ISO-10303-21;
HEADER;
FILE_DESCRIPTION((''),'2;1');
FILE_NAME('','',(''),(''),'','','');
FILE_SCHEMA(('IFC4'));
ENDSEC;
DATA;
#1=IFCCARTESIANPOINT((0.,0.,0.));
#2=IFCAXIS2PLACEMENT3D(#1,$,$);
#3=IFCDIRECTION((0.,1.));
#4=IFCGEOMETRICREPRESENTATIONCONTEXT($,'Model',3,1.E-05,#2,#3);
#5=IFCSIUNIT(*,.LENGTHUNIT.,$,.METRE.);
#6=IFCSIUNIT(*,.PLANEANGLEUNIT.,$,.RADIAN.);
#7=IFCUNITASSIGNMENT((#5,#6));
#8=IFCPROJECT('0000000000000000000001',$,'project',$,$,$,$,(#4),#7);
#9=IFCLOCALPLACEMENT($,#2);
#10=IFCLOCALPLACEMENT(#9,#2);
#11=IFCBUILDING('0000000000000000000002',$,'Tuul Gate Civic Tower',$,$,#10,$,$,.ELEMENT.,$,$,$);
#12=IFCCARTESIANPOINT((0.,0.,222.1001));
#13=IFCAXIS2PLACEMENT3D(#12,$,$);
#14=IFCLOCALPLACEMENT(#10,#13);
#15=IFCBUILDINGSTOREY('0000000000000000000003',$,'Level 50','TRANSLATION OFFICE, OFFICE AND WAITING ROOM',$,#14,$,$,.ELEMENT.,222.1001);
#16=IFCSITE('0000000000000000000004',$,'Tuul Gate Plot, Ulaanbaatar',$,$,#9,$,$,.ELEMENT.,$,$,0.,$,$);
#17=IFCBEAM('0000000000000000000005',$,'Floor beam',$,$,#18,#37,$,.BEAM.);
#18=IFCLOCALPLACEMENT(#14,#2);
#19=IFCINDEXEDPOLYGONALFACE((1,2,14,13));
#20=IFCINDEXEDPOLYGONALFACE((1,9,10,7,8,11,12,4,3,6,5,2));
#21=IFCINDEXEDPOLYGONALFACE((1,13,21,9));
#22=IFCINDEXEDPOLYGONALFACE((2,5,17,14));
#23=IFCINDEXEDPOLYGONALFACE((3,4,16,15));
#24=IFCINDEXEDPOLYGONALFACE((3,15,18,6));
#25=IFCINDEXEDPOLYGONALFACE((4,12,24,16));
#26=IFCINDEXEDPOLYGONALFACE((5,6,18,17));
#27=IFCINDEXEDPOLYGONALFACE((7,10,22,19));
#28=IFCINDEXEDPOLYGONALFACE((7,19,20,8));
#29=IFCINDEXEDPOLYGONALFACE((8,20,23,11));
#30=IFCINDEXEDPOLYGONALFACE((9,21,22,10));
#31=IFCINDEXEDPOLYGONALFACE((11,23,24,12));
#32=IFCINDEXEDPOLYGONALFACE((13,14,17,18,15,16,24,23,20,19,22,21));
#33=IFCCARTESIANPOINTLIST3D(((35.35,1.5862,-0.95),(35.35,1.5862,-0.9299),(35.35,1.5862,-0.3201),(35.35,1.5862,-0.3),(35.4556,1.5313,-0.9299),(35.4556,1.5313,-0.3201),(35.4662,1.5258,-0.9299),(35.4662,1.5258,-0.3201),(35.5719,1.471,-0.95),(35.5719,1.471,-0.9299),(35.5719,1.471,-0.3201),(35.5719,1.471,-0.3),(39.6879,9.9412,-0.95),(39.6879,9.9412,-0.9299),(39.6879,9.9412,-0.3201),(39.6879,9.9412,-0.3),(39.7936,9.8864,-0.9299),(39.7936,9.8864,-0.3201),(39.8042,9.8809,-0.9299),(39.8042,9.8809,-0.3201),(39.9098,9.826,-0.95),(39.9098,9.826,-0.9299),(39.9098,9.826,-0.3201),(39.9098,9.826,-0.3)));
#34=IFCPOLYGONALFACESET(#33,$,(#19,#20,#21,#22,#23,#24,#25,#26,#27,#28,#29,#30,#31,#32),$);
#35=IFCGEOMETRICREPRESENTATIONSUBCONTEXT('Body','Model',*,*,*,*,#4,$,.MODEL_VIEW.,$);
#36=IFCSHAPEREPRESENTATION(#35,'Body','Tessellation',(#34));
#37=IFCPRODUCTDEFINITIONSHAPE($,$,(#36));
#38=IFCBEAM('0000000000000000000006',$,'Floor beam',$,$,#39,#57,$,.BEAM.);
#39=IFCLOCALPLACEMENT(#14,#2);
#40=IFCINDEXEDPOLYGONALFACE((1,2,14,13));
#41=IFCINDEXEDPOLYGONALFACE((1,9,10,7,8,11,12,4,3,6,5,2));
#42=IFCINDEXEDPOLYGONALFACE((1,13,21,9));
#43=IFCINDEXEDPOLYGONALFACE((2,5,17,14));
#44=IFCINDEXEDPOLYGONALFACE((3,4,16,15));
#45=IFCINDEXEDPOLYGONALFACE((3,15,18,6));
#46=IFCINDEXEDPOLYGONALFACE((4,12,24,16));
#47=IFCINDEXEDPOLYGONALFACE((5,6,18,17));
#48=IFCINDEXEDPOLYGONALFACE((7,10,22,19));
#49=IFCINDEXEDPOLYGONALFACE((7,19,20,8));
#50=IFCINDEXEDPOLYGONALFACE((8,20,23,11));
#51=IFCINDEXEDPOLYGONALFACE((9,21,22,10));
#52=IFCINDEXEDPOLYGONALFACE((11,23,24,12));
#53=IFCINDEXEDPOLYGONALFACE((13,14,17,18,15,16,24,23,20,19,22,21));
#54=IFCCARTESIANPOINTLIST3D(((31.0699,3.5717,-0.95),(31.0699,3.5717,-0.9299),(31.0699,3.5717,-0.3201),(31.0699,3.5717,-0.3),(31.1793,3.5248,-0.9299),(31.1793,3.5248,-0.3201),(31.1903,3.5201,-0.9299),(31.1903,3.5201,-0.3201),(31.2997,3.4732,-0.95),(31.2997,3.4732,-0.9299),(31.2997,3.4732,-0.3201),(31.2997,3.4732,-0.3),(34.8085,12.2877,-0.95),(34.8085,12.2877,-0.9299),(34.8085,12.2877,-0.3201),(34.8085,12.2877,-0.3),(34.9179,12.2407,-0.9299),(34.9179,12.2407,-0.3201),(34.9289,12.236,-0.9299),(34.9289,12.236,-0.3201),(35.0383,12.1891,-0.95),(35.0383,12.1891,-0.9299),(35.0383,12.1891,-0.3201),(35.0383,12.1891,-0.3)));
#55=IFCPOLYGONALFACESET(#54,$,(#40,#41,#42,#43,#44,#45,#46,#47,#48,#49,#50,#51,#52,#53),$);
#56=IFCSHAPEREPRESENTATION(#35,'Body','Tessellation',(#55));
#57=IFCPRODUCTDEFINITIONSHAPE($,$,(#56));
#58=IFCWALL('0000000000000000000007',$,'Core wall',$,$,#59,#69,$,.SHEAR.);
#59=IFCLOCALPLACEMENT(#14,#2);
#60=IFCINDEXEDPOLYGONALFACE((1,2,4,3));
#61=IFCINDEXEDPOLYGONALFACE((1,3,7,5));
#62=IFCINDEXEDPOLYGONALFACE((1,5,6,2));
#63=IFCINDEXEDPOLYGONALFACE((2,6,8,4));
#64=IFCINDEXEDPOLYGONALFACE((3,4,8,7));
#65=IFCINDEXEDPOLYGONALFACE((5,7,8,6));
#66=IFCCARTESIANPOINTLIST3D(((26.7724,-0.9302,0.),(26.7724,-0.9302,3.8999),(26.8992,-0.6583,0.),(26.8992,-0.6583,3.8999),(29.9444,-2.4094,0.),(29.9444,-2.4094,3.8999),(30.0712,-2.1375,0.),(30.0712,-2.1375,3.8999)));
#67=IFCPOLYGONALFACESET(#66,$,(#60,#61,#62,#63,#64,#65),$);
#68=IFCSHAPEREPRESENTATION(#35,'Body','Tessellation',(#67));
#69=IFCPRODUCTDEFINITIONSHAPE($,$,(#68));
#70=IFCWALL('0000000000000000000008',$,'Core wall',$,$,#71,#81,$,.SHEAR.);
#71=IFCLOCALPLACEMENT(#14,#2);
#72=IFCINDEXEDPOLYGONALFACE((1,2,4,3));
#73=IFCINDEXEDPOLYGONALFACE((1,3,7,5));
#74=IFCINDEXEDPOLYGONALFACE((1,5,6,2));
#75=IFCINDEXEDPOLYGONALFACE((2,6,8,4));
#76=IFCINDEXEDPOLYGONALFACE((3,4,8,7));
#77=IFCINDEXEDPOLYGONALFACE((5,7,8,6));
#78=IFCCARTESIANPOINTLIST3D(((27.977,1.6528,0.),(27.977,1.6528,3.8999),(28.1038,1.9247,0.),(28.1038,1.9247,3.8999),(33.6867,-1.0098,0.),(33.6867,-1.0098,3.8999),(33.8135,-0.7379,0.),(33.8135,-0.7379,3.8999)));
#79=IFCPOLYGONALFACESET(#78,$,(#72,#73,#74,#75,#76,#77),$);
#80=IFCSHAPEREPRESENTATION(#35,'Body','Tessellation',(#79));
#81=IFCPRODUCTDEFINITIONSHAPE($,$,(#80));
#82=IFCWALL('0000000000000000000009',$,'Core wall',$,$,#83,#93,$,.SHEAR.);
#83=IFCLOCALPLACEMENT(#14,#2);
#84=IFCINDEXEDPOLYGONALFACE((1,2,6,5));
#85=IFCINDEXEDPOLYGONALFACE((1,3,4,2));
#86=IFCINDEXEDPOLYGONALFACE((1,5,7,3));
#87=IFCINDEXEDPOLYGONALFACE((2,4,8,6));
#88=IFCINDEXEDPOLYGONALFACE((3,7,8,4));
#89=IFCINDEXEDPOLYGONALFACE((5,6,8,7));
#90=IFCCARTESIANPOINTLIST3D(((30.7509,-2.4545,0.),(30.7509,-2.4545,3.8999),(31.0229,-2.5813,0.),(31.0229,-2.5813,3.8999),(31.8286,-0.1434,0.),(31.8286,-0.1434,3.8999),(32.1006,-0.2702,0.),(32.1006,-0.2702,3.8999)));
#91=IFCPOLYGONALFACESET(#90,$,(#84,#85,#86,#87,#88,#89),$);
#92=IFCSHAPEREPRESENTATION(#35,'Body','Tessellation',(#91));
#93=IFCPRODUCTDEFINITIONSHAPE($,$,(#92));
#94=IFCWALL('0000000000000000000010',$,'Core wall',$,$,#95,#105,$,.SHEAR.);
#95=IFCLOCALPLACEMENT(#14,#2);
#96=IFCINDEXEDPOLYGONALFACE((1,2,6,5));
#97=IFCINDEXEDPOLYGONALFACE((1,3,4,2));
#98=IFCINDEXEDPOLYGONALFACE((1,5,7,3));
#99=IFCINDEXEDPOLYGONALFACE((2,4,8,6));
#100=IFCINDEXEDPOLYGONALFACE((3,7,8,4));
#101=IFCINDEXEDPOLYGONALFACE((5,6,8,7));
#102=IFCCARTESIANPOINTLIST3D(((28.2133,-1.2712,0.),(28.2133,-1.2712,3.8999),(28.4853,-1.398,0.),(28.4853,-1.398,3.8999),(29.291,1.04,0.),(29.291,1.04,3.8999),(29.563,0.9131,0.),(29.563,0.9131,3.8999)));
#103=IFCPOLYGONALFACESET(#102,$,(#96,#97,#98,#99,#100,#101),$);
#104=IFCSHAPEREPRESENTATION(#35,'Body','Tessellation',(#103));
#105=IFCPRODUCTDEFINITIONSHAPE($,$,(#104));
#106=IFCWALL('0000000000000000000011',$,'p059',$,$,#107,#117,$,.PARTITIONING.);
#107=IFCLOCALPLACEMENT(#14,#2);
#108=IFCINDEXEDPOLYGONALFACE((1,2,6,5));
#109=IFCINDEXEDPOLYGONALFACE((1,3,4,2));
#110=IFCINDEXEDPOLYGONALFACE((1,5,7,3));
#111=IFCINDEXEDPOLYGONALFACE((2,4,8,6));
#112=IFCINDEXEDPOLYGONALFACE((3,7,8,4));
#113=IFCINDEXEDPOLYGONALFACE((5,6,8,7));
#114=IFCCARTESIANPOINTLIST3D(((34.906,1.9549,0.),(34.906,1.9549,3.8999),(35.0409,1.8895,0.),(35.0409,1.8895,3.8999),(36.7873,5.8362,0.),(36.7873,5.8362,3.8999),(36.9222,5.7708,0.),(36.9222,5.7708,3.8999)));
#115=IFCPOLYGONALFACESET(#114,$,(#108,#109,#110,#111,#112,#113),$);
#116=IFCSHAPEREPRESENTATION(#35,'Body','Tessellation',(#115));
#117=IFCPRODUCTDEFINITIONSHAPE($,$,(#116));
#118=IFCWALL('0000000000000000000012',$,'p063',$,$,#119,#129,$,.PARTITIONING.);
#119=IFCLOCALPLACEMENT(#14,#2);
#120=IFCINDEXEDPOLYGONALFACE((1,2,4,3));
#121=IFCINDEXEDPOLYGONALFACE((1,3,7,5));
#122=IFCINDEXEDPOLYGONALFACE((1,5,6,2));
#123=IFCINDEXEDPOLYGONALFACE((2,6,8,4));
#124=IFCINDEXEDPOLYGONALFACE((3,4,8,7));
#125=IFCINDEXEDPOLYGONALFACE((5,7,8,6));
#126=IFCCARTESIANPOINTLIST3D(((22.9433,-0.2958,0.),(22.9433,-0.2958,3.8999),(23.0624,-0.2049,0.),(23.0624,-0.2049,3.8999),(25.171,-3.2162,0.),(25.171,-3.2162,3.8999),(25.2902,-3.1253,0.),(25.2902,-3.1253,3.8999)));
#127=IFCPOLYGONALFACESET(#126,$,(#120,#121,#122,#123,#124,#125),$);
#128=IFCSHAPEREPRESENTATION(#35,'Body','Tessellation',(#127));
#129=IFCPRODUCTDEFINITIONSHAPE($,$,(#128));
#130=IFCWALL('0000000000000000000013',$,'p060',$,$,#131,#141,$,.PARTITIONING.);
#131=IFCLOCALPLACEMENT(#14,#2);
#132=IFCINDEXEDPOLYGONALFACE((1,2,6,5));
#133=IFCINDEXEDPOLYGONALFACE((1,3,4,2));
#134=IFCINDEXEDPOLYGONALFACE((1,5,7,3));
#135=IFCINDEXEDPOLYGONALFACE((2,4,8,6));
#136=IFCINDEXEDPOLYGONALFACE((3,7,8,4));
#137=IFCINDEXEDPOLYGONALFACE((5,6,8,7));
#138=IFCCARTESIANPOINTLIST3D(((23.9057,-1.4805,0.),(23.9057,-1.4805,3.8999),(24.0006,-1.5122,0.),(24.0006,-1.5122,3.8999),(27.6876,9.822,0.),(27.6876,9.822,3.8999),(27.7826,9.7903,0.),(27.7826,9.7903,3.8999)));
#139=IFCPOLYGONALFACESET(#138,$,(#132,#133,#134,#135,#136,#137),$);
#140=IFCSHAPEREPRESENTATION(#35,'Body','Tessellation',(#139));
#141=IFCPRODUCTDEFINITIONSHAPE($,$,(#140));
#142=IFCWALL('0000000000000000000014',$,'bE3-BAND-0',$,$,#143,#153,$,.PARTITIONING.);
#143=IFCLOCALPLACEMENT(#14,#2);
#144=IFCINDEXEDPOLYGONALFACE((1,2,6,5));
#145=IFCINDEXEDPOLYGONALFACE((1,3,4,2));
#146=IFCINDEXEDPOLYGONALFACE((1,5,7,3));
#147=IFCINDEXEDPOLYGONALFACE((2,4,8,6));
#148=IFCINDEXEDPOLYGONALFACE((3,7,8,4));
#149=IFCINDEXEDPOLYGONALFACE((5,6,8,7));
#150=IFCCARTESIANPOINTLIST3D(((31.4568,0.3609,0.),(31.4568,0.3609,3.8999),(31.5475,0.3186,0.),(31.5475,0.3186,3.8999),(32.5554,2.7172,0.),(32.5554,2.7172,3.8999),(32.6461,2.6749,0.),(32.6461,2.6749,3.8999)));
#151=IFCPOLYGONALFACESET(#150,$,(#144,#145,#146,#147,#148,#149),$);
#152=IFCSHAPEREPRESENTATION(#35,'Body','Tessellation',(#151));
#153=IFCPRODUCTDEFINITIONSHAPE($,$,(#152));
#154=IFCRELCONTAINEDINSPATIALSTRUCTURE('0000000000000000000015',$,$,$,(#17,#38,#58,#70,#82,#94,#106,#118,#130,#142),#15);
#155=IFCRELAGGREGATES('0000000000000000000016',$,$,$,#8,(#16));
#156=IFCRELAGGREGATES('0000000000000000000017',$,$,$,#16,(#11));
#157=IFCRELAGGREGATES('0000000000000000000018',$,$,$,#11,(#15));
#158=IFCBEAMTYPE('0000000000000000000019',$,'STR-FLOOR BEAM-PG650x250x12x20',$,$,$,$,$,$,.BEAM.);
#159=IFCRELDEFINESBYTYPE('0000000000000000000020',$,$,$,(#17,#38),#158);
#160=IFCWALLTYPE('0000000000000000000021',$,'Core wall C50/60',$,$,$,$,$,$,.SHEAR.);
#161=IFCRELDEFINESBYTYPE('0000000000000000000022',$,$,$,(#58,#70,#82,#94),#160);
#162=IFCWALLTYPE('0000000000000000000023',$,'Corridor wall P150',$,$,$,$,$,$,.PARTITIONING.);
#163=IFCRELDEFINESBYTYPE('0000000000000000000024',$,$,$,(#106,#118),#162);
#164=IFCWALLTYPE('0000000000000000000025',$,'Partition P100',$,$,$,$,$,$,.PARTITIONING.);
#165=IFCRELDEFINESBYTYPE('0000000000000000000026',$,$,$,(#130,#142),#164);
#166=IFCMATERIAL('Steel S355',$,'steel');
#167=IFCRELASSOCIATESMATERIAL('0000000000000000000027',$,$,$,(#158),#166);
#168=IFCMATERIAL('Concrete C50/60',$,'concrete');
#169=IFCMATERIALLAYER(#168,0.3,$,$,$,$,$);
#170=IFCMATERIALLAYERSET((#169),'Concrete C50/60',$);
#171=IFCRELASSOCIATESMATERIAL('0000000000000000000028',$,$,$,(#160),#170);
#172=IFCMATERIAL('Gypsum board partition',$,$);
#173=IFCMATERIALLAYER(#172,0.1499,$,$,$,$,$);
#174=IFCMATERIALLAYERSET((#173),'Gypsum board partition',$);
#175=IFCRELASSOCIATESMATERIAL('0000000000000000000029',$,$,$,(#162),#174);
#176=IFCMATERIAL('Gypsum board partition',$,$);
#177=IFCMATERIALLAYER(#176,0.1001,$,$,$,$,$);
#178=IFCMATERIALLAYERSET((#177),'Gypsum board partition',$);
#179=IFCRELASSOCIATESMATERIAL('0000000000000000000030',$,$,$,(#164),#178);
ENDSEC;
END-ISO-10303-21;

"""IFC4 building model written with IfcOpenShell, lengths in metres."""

from ifc_helpers import new_model, si_unit, direction, frame, frame_2d, origin, origin_2d, place, context, subcontext, project, spatial, rectangle, i_section, extrude, material, layer, layer_set, material_profile, profile_set, type_object, element, save


model = new_model("IFC4")

# Units and contexts
model_context = context("Model", 3, precision=1e-05, world=origin(), true_north=direction((0.0, 1.0)))
body_context = subcontext(model_context, "Body", "Model", "MODEL_VIEW")
ifc_project = project(units=[si_unit("LENGTHUNIT", "METRE"), si_unit("PLANEANGLEUNIT", "RADIAN")], contexts=[model_context])

# Site, building, storey
site_placement = place(None, origin())
site = spatial("IfcSite", under=ifc_project, at=site_placement, Name="Tuul Gate Plot, Ulaanbaatar", CompositionType="ELEMENT", RefElevation=0.0)
building_placement = place(site_placement, origin())
building = spatial("IfcBuilding", under=site, at=building_placement, Name="Tuul Gate Civic Tower", CompositionType="ELEMENT")
storey_placement = place(building_placement, frame((0.0, 0.0, 222.1001)))
storey = spatial("IfcBuildingStorey", under=building, at=storey_placement, Name="Level 50", Description="TRANSLATION OFFICE, OFFICE AND WAITING ROOM", CompositionType="ELEMENT", Elevation=222.1001)

# Beams
ifc_material_1 = material(Name="Steel S355", Category="steel")
ifc_material_profile = material_profile(ifc_material_1, i_section(OverallWidth=0.25, OverallDepth=0.6499, WebThickness=0.012, FlangeThickness=0.02, at=origin_2d()), Name="PG650x250x12x20")
ifc_profile_set = profile_set([ifc_material_profile], Name="Steel S355")
beam_type = type_object("IfcBeamType", Name="STR-FLOOR BEAM-PG650x250x12x20", PredefinedType="BEAM", material=ifc_profile_set)
beam_1_placement = place(storey_placement, frame((35.4609, 1.5286, -0.625), z_axis=(0.460792, 0.887508, 0.0), x_axis=(-0.887508, 0.460792, 0.0)))
element("IfcBeam", 1, at=beam_1_placement, inside=storey, type_object=beam_type, Name="Floor beam", PredefinedType="BEAM", context=body_context, shape_type="SweptSolid", body=[
    extrude(i_section(OverallWidth=0.25, OverallDepth=0.6499, WebThickness=0.012, FlangeThickness=0.02, at=origin_2d()), origin(), (0.0, 0.0, 1.0), 9.4141),
])
beam_2_placement = place(storey_placement, frame((31.1848, 3.5225, -0.625), z_axis=(0.394202, 0.919024, 0.0), x_axis=(-0.919024, 0.394202, 0.0)))
element("IfcBeam", 2, at=beam_2_placement, inside=storey, type_object=beam_type, Name="Floor beam", PredefinedType="BEAM", context=body_context, shape_type="SweptSolid", body=[
    extrude(i_section(OverallWidth=0.25, OverallDepth=0.6499, WebThickness=0.012, FlangeThickness=0.02, at=origin_2d()), origin(), (0.0, 0.0, 1.0), 9.4839),
])

# Walls
ifc_material_2 = material(Name="Concrete C50/60", Category="concrete")
ifc_layer_1 = layer(ifc_material_2, 0.3)
ifc_layer_set_1 = layer_set([ifc_layer_1], Name="Concrete C50/60")
wall_type_1 = type_object("IfcWallType", Name="Core wall C50/60", PredefinedType="SHEAR", material=ifc_layer_set_1)
wall_1_placement = place(storey_placement, frame((30.0078, -2.2734, 0.0), z_axis=(0.0, 0.0, 1.0), x_axis=(-0.906301, 0.422633, 0.0)))
element("IfcWall", 3, at=wall_1_placement, inside=storey, type_object=wall_type_1, Name="Core wall", PredefinedType="SHEAR", context=body_context, shape_type="SweptSolid", body=[
    extrude(rectangle(XDim=3.5, YDim=0.3, at=frame_2d((1.75, 0.0))), origin(), (0.0, 0.0, 1.0), 3.8999),
])
wall_2_placement = place(storey_placement, frame((33.75, -0.8738, 0.0), z_axis=(0.0, 0.0, 1.0), x_axis=(-0.906301, 0.422633, 0.0)))
element("IfcWall", 4, at=wall_2_placement, inside=storey, type_object=wall_type_1, Name="Core wall", PredefinedType="SHEAR", context=body_context, shape_type="SweptSolid", body=[
    extrude(rectangle(XDim=6.3, YDim=0.3, at=frame_2d((3.1499, 0.0))), origin(), (0.0, 0.0, 1.0), 3.8999),
])
for number, where, z_axis, x_axis, name in (
    (5, (30.887, -2.5178, 0.0), (0.0, 0.0, 1.0), (0.422613, 0.90631, 0.0), "Core wall"),
    (6, (28.3494, -1.3345, 0.0), (0.0, 0.0, 1.0), (0.422613, 0.90631, 0.0), "Core wall"),
):
    element("IfcWall", number, at=place(storey_placement, frame(where, z_axis=z_axis, x_axis=x_axis)), inside=storey, type_object=wall_type_1, Name=name, PredefinedType="SHEAR", context=body_context, shape_type="SweptSolid", body=[
        extrude(rectangle(XDim=2.55, YDim=0.3, at=frame_2d((1.2749, 0.0))), origin(), (0.0, 0.0, 1.0), 3.8999),
    ])
ifc_material_3 = material(Name="Gypsum board partition")
ifc_layer_2 = layer(ifc_material_3, 0.1499)
ifc_layer_set_2 = layer_set([ifc_layer_2], Name="Gypsum board partition")
wall_type_2 = type_object("IfcWallType", Name="Corridor wall P150", PredefinedType="PARTITIONING", material=ifc_layer_set_2)
wall_3_placement = place(storey_placement, frame((34.9734, 1.9221, 0.0), z_axis=(0.0, 0.0, 1.0), x_axis=(0.436176, 0.899861, 0.0)))
element("IfcWall", 7, at=wall_3_placement, inside=storey, type_object=wall_type_2, Name="p059", PredefinedType="PARTITIONING", context=body_context, shape_type="SweptSolid", body=[
    extrude(rectangle(XDim=4.3132, YDim=0.1499, at=frame_2d((2.1567, 0.0))), origin(), (0.0, 0.0, 1.0), 3.8999),
])
wall_4_placement = place(storey_placement, frame((23.0029, -0.2505, 0.0), z_axis=(0.0, 0.0, 1.0), x_axis=(0.60651, -0.795076, 0.0)))
element("IfcWall", 8, at=wall_4_placement, inside=storey, type_object=wall_type_2, Name="p063", PredefinedType="PARTITIONING", context=body_context, shape_type="SweptSolid", body=[
    extrude(rectangle(XDim=3.6731, YDim=0.1499, at=frame_2d((1.8364, 0.0))), origin(), (0.0, 0.0, 1.0), 3.8999),
])
ifc_material_4 = material(Name="Gypsum board partition")
ifc_layer_3 = layer(ifc_material_4, 0.1001)
ifc_layer_set_3 = layer_set([ifc_layer_3], Name="Gypsum board partition")
wall_type_3 = type_object("IfcWallType", Name="Partition P100", PredefinedType="PARTITIONING", material=ifc_layer_set_3)
wall_5_placement = place(storey_placement, frame((23.9531, -1.4963, 0.0), z_axis=(0.0, 0.0, 1.0), x_axis=(0.317321, 0.948318, 0.0)))
element("IfcWall", 9, at=wall_5_placement, inside=storey, type_object=wall_type_3, Name="p060", PredefinedType="PARTITIONING", context=body_context, shape_type="SweptSolid", body=[
    extrude(rectangle(XDim=11.9185, YDim=0.1001, at=frame_2d((5.9592, 0.0))), origin(), (0.0, 0.0, 1.0), 3.8999),
])
wall_6_placement = place(storey_placement, frame((31.5022, 0.3398, 0.0), z_axis=(0.0, 0.0, 1.0), x_axis=(0.422556, 0.906337, 0.0)))
element("IfcWall", 10, at=wall_6_placement, inside=storey, type_object=wall_type_3, Name="bE3-BAND-0", PredefinedType="PARTITIONING", context=body_context, shape_type="SweptSolid", body=[
    extrude(rectangle(XDim=2.5999, YDim=0.1001, at=frame_2d((1.2998, 0.0))), origin(), (0.0, 0.0, 1.0), 3.8999),
])

save(model, "model.ifc")
